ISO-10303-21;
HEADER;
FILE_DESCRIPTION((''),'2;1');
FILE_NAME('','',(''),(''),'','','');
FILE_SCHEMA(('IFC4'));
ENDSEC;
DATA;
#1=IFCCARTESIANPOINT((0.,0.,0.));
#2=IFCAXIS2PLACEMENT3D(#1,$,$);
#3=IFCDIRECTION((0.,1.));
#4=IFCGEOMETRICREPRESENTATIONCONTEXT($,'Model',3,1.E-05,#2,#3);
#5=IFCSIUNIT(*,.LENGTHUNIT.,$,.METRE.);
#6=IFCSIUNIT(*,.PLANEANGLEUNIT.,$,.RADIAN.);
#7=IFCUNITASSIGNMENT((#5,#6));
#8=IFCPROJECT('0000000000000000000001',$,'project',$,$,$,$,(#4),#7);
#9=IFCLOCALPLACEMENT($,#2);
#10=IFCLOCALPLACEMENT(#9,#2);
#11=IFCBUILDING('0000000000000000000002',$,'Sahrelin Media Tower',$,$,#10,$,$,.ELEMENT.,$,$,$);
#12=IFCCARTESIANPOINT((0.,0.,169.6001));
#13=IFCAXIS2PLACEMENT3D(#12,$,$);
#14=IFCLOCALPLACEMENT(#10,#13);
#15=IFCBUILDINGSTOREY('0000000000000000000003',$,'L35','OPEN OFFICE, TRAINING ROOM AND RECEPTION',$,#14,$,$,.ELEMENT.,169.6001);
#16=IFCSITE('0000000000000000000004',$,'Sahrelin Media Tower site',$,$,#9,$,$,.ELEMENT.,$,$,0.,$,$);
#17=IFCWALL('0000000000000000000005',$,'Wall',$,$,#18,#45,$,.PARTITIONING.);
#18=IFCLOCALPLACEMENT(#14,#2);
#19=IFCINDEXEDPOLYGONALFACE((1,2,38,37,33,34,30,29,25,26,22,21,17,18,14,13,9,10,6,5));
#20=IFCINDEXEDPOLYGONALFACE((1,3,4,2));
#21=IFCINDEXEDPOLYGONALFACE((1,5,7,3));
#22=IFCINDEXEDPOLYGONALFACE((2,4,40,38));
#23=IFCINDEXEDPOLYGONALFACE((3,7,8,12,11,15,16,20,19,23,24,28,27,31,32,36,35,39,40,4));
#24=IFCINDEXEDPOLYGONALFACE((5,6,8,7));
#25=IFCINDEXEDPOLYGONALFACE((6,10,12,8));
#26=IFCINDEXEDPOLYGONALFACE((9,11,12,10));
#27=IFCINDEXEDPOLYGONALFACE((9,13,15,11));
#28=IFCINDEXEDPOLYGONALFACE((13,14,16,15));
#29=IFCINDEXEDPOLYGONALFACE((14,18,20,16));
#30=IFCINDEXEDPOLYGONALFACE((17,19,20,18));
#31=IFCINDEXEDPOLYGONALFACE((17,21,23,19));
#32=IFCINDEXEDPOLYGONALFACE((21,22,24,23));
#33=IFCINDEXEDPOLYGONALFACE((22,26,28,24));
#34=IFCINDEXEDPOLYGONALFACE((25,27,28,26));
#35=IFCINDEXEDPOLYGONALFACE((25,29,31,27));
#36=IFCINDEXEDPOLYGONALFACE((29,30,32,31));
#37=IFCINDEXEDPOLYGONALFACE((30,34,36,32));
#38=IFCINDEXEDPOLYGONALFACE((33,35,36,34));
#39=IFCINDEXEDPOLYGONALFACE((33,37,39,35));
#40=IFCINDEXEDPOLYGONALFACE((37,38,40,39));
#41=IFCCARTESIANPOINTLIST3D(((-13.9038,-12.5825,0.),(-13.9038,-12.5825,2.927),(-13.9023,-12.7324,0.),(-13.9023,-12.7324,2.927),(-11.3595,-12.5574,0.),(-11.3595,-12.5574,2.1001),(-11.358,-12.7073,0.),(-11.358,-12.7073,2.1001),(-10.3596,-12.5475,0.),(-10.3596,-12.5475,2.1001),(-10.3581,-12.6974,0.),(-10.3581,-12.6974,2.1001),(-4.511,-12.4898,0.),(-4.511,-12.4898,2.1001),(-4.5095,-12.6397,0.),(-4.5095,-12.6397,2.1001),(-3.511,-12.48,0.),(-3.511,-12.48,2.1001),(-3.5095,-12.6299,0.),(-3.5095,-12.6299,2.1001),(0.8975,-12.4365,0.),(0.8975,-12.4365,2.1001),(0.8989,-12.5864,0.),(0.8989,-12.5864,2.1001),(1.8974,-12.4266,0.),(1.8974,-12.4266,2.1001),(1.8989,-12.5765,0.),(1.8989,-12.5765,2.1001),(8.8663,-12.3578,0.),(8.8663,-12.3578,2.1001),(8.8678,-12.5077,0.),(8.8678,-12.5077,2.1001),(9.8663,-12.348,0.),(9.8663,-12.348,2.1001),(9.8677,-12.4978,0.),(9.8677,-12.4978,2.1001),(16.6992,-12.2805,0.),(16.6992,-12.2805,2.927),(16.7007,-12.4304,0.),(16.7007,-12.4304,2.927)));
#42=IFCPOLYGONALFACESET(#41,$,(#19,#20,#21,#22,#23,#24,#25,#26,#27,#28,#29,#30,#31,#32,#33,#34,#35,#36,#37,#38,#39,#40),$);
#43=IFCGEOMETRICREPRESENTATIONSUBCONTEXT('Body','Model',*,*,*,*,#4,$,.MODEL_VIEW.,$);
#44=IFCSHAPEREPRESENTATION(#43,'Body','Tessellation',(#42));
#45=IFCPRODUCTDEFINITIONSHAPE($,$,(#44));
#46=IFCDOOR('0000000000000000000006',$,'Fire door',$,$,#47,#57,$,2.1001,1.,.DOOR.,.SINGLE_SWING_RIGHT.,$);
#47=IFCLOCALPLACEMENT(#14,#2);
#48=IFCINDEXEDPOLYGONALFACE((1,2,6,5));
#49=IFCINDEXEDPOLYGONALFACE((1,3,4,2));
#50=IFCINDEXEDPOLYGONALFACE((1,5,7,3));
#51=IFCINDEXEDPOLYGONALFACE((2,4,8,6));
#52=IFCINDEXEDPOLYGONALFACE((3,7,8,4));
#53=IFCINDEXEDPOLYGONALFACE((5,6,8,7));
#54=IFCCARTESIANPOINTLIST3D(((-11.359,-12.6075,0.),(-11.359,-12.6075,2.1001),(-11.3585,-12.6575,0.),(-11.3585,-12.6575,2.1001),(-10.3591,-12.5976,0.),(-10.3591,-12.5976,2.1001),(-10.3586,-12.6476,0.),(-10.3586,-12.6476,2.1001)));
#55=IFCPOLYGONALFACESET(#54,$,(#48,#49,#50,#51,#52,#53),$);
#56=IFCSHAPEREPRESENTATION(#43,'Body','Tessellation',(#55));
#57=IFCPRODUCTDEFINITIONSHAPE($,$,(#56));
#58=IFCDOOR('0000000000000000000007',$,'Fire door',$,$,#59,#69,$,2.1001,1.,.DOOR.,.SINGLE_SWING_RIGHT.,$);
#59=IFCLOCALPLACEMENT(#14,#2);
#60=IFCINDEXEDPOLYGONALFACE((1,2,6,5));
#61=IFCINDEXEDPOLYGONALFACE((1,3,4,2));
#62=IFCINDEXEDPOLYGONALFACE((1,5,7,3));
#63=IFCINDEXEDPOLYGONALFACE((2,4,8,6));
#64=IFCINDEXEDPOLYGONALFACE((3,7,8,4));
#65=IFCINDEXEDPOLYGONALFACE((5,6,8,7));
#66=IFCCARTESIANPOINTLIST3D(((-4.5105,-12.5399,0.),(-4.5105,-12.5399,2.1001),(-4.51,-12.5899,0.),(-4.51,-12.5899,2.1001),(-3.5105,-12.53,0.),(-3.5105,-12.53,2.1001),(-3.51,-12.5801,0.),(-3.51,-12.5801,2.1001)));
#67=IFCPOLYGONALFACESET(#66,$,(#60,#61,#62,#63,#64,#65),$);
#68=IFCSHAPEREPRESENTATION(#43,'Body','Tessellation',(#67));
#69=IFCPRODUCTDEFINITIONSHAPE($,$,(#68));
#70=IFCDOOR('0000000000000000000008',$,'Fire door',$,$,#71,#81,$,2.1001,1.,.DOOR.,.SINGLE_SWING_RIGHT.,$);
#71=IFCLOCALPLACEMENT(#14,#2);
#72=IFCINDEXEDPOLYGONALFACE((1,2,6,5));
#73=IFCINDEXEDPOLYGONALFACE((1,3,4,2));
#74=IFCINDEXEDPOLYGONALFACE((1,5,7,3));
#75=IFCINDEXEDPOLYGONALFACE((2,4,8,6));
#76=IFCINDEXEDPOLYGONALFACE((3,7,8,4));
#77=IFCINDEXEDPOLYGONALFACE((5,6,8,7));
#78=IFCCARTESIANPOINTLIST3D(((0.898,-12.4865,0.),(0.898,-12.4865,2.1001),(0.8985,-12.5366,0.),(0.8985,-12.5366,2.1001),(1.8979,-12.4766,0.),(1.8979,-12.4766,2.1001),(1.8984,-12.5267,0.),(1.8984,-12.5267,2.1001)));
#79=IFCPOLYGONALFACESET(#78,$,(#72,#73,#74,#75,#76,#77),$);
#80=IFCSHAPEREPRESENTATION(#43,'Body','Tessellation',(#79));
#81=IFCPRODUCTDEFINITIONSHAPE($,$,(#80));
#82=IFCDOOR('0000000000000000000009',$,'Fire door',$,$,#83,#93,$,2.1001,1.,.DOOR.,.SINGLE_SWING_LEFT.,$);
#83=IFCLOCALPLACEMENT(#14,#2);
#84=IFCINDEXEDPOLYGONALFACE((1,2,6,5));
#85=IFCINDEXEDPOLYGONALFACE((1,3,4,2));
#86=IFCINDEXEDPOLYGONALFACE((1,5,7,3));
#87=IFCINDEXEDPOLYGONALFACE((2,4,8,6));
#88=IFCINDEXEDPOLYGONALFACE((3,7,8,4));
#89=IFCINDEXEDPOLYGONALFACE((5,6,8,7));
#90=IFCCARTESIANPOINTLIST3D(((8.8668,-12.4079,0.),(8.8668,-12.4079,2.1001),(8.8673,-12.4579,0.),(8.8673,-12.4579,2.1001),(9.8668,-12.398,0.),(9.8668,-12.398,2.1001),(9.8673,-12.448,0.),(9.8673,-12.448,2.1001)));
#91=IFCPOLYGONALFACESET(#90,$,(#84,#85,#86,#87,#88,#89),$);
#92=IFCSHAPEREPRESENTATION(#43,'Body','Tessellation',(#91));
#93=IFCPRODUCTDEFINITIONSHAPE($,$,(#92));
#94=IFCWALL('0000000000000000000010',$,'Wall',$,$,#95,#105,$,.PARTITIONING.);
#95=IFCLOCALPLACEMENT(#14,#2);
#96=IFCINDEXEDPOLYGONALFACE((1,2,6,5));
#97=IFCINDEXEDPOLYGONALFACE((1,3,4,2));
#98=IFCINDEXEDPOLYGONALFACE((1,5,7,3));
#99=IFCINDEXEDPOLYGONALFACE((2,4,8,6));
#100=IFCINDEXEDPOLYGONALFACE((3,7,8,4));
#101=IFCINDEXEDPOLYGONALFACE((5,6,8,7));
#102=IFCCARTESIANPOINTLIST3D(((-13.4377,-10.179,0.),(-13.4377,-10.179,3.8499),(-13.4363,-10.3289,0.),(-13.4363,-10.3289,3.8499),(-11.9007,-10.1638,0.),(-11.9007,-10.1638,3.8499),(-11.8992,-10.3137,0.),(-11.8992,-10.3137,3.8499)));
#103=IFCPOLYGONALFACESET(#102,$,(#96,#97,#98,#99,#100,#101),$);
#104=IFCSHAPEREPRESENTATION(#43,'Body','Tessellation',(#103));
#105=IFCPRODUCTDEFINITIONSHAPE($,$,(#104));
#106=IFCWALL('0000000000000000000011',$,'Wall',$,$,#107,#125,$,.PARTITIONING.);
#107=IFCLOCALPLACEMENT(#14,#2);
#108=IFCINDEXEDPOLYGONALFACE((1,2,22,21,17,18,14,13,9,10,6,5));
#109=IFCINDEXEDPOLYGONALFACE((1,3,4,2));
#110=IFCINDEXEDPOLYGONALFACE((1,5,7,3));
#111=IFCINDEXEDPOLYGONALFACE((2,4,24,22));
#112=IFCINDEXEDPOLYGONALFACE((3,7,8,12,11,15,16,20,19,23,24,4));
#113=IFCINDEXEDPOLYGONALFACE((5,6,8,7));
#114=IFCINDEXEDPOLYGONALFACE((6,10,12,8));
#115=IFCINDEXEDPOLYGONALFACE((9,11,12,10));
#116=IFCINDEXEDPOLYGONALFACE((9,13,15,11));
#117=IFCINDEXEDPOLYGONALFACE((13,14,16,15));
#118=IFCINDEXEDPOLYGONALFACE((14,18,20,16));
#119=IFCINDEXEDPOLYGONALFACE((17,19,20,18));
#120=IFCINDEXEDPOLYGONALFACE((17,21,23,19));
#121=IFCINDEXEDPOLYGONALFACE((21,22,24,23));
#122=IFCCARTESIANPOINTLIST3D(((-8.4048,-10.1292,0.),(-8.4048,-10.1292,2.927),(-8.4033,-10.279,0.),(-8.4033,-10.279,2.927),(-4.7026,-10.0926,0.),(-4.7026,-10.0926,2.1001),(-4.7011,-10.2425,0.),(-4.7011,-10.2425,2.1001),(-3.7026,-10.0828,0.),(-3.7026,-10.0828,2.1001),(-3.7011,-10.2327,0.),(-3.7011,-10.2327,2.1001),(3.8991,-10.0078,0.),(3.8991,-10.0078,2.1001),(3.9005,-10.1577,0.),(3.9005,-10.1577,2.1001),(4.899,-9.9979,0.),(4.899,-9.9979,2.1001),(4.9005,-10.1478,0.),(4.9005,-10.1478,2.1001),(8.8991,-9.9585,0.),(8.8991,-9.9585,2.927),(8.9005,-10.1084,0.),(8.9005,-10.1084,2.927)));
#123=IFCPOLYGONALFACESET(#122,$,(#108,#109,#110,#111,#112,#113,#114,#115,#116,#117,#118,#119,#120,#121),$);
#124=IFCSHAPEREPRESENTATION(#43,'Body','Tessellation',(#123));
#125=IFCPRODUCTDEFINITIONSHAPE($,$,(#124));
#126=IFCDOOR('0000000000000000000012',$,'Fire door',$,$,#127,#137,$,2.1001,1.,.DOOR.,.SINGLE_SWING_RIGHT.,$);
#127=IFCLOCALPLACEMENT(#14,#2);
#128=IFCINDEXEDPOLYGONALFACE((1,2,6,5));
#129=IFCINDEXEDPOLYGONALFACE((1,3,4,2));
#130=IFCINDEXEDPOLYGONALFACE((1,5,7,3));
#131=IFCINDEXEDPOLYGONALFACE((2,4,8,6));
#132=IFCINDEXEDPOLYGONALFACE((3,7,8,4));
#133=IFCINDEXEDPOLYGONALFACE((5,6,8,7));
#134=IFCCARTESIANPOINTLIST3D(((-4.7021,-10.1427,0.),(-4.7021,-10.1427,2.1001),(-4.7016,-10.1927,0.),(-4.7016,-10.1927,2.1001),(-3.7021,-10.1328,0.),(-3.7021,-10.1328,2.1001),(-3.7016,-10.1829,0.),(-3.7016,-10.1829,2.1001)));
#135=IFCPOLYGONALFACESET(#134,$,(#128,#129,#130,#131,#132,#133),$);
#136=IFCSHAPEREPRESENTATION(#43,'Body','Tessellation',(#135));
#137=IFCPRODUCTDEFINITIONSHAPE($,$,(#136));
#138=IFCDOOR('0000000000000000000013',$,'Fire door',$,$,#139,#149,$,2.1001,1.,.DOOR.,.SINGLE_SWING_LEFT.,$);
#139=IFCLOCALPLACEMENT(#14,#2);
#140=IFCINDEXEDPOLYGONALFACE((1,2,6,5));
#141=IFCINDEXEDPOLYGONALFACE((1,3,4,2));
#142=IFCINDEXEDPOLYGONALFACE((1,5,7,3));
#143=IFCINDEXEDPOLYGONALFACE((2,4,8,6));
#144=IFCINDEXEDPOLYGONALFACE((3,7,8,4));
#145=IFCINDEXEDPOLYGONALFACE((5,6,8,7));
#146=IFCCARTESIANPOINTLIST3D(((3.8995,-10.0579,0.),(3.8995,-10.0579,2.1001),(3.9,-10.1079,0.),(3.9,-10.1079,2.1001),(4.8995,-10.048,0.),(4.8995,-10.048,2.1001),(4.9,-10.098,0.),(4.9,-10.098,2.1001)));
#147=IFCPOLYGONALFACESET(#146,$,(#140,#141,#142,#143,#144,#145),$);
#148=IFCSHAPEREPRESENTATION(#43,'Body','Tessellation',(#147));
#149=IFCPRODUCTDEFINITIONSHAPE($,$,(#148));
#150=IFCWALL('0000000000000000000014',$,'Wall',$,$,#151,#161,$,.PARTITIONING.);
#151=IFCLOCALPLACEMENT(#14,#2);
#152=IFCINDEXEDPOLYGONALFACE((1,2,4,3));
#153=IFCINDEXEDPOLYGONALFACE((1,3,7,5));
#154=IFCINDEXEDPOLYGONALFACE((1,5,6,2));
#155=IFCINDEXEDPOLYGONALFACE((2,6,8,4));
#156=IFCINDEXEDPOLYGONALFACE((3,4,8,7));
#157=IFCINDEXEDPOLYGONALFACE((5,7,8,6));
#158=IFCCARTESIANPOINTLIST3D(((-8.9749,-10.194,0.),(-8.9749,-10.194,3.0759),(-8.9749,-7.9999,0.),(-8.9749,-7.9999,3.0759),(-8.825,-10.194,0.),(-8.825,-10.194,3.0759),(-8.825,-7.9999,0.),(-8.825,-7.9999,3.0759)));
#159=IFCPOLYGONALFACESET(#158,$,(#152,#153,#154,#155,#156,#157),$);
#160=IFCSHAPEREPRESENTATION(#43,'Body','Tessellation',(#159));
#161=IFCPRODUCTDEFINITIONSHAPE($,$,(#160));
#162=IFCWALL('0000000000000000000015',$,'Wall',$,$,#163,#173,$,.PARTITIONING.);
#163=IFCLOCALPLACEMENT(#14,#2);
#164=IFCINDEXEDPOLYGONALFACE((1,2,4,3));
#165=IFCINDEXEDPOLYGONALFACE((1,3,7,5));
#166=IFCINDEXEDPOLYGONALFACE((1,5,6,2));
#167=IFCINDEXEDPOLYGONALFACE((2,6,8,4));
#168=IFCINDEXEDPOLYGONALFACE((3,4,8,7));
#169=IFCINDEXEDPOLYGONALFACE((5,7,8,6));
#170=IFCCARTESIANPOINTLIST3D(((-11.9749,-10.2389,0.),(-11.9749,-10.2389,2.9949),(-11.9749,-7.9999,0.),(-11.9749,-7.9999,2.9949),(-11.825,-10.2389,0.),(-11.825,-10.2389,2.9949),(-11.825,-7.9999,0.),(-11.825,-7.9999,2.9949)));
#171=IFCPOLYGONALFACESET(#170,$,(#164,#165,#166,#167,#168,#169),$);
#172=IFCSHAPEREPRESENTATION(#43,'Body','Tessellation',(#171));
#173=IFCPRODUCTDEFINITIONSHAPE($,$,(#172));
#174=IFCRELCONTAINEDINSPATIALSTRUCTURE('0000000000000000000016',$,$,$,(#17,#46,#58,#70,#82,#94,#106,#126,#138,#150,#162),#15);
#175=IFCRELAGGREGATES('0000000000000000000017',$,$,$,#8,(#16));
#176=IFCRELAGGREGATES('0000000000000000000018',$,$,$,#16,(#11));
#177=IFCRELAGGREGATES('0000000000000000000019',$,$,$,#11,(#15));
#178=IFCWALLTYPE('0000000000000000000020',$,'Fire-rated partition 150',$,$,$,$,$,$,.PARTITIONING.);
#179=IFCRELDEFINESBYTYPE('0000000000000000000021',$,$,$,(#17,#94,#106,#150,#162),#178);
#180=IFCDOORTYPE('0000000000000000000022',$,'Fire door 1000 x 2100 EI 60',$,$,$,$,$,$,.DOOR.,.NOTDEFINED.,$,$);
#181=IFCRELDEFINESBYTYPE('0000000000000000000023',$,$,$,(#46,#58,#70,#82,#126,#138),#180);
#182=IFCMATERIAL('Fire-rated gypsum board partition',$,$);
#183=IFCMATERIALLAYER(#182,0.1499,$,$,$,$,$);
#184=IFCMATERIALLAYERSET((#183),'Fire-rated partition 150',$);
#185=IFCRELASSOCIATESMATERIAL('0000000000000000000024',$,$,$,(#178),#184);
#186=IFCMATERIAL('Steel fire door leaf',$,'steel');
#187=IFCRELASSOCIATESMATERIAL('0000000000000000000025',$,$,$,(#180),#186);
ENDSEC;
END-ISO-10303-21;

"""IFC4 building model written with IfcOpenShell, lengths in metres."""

from ifc_helpers import new_model, si_unit, direction, frame, frame_2d, origin, place, context, subcontext, project, spatial, rectangle, extrude, material, layer, layer_set, type_object, element, fill, save


model = new_model("IFC4")

# Units and contexts
model_context = context("Model", 3, precision=1e-05, world=origin(), true_north=direction((0.0, 1.0)))
body_context = subcontext(model_context, "Body", "Model", "MODEL_VIEW")
ifc_project = project(units=[si_unit("LENGTHUNIT", "METRE"), si_unit("PLANEANGLEUNIT", "RADIAN")], contexts=[model_context])

# Site, building, storey
site_placement = place(None, origin())
site = spatial("IfcSite", under=ifc_project, at=site_placement, Name="Sahrelin Media Tower site", CompositionType="ELEMENT", RefElevation=0.0)
building_placement = place(site_placement, origin())
building = spatial("IfcBuilding", under=site, at=building_placement, Name="Sahrelin Media Tower", CompositionType="ELEMENT")
storey_placement = place(building_placement, frame((0.0, 0.0, 169.6001)))
storey = spatial("IfcBuildingStorey", under=building, at=storey_placement, Name="L35", Description="OPEN OFFICE, TRAINING ROOM AND RECEPTION", CompositionType="ELEMENT", Elevation=169.6001)

# Shared definitions
ifc_material_1 = material(Name="Fire-rated gypsum board partition")
ifc_layer_1 = layer(ifc_material_1, 0.1499)
ifc_layer_set_1 = layer_set([ifc_layer_1], Name="Fire-rated partition 150")
wall_type_1 = type_object("IfcWallType", Name="Fire-rated partition 150", PredefinedType="PARTITIONING", material=ifc_layer_set_1)

# Wall, openings, doors
wall_1_placement = place(storey_placement, frame((-13.9031, -12.6575, 0.0), z_axis=(0.0, 0.0, 1.0), x_axis=(0.999951, 0.009868, 0.0)))
wall_1 = element("IfcWall", 1, at=wall_1_placement, inside=storey, type_object=wall_type_1, Name="Wall", PredefinedType="PARTITIONING", context=body_context, shape_type="SweptSolid", body=[
    extrude(rectangle(XDim=30.6045, YDim=0.1499, at=frame_2d((15.3022, 0.0))), origin(), (0.0, 0.0, 1.0), 2.927),
])
opening_1_placement = place(wall_1_placement, frame((2.5444, 0.0, 0.0)))
opening_1 = element("IfcOpeningElement", 2, at=opening_1_placement, cuts=wall_1, PredefinedType="OPENING", context=body_context, shape_type="SweptSolid", body=[
    extrude(rectangle(XDim=1.0, YDim=2.1001, at=frame_2d((0.5, 1.05))), frame((0.0, 0.075, 0.0), z_axis=(0.0, -1.0, 0.0), x_axis=(1.0, 0.0, 0.0)), (0.0, 0.0, 1.0), 0.1499),
])
opening_2_placement = place(wall_1_placement, frame((9.3933, 0.0, 0.0)))
opening_2 = element("IfcOpeningElement", 3, at=opening_2_placement, cuts=wall_1, PredefinedType="OPENING", context=body_context, shape_type="SweptSolid", body=[
    extrude(rectangle(XDim=1.0, YDim=2.1001, at=frame_2d((0.5, 1.05))), frame((0.0, 0.075, 0.0), z_axis=(0.0, -1.0, 0.0), x_axis=(1.0, 0.0, 0.0)), (0.0, 0.0, 1.0), 0.1499),
])
opening_3_placement = place(wall_1_placement, frame((14.802, 0.0, 0.0)))
opening_3 = element("IfcOpeningElement", 4, at=opening_3_placement, cuts=wall_1, PredefinedType="OPENING", context=body_context, shape_type="SweptSolid", body=[
    extrude(rectangle(XDim=1.0, YDim=2.1001, at=frame_2d((0.5, 1.05))), frame((0.0, 0.075, 0.0), z_axis=(0.0, -1.0, 0.0), x_axis=(1.0, 0.0, 0.0)), (0.0, 0.0, 1.0), 0.1499),
])
opening_4_placement = place(wall_1_placement, frame((22.7712, 0.0, 0.0)))
opening_4 = element("IfcOpeningElement", 5, at=opening_4_placement, cuts=wall_1, PredefinedType="OPENING", context=body_context, shape_type="SweptSolid", body=[
    extrude(rectangle(XDim=1.0, YDim=2.1001, at=frame_2d((0.5, 1.05))), frame((0.0, 0.075, 0.0), z_axis=(0.0, -1.0, 0.0), x_axis=(1.0, 0.0, 0.0)), (0.0, 0.0, 1.0), 0.1499),
])
ifc_material_2 = material(Name="Steel fire door leaf", Category="steel")
door_type_1 = type_object("IfcDoorType", Name="Fire door 1000 x 2100 EI 60", OperationType="NOTDEFINED", PredefinedType="DOOR", material=ifc_material_2)
door_1_placement = place(opening_1_placement, origin())
door_1 = element("IfcDoor", 6, at=door_1_placement, inside=storey, type_object=door_type_1, Name="Fire door", OperationType="SINGLE_SWING_RIGHT", OverallHeight=2.1001, OverallWidth=1.0, PredefinedType="DOOR", context=body_context, shape_type="SweptSolid", body=[
    extrude(rectangle(XDim=1.0, YDim=2.1001, at=frame_2d((0.5, 1.05))), frame((0.0, 0.0249, 0.0), z_axis=(0.0, -1.0, 0.0), x_axis=(1.0, 0.0, 0.0)), (0.0, 0.0, 1.0), 0.05),
])
fill(opening_1, door_1)
door_2_placement = place(opening_2_placement, origin())
door_2 = element("IfcDoor", 7, at=door_2_placement, inside=storey, type_object=door_type_1, Name="Fire door", OperationType="SINGLE_SWING_RIGHT", OverallHeight=2.1001, OverallWidth=1.0, PredefinedType="DOOR", context=body_context, shape_type="SweptSolid", body=[
    extrude(rectangle(XDim=1.0, YDim=2.1001, at=frame_2d((0.5, 1.05))), frame((0.0, 0.0249, 0.0), z_axis=(0.0, -1.0, 0.0), x_axis=(1.0, 0.0, 0.0)), (0.0, 0.0, 1.0), 0.05),
])
fill(opening_2, door_2)
door_3_placement = place(opening_3_placement, origin())
door_3 = element("IfcDoor", 8, at=door_3_placement, inside=storey, type_object=door_type_1, Name="Fire door", OperationType="SINGLE_SWING_RIGHT", OverallHeight=2.1001, OverallWidth=1.0, PredefinedType="DOOR", context=body_context, shape_type="SweptSolid", body=[
    extrude(rectangle(XDim=1.0, YDim=2.1001, at=frame_2d((0.5, 1.05))), frame((0.0, 0.0249, 0.0), z_axis=(0.0, -1.0, 0.0), x_axis=(1.0, 0.0, 0.0)), (0.0, 0.0, 1.0), 0.05),
])
fill(opening_3, door_3)
door_4_placement = place(opening_4_placement, origin())
door_4 = element("IfcDoor", 9, at=door_4_placement, inside=storey, type_object=door_type_1, Name="Fire door", OperationType="SINGLE_SWING_LEFT", OverallHeight=2.1001, OverallWidth=1.0, PredefinedType="DOOR", context=body_context, shape_type="SweptSolid", body=[
    extrude(rectangle(XDim=1.0, YDim=2.1001, at=frame_2d((0.5, 1.05))), frame((0.0, 0.0249, 0.0), z_axis=(0.0, -1.0, 0.0), x_axis=(1.0, 0.0, 0.0)), (0.0, 0.0, 1.0), 0.05),
])
fill(opening_4, door_4)

# Wall
wall_2_placement = place(storey_placement, frame((-13.437, -10.2539, 0.0), z_axis=(0.0, 0.0, 1.0), x_axis=(0.999952, 0.009847, 0.0)))
element("IfcWall", 10, at=wall_2_placement, inside=storey, type_object=wall_type_1, Name="Wall", PredefinedType="PARTITIONING", context=body_context, shape_type="SweptSolid", body=[
    extrude(rectangle(XDim=1.5371, YDim=0.1499, at=frame_2d((0.7686, 0.0))), origin(), (0.0, 0.0, 1.0), 3.8499),
])

# Wall, openings, doors
wall_3_placement = place(storey_placement, frame((-8.4041, -10.2041, 0.0), z_axis=(0.0, 0.0, 1.0), x_axis=(0.999951, 0.009862, 0.0)))
wall_3 = element("IfcWall", 11, at=wall_3_placement, inside=storey, type_object=wall_type_1, Name="Wall", PredefinedType="PARTITIONING", context=body_context, shape_type="SweptSolid", body=[
    extrude(rectangle(XDim=17.3047, YDim=0.1499, at=frame_2d((8.6523, 0.0))), origin(), (0.0, 0.0, 1.0), 2.927),
])
opening_5_placement = place(wall_3_placement, frame((3.7024, 0.0, 0.0)))
opening_5 = element("IfcOpeningElement", 12, at=opening_5_placement, cuts=wall_3, PredefinedType="OPENING", context=body_context, shape_type="SweptSolid", body=[
    extrude(rectangle(XDim=1.0, YDim=2.1001, at=frame_2d((0.5, 1.05))), frame((0.0, 0.075, 0.0), z_axis=(0.0, -1.0, 0.0), x_axis=(1.0, 0.0, 0.0)), (0.0, 0.0, 1.0), 0.1499),
])
opening_6_placement = place(wall_3_placement, frame((12.3044, 0.0, 0.0)))
opening_6 = element("IfcOpeningElement", 13, at=opening_6_placement, cuts=wall_3, PredefinedType="OPENING", context=body_context, shape_type="SweptSolid", body=[
    extrude(rectangle(XDim=1.0, YDim=2.1001, at=frame_2d((0.5, 1.05))), frame((0.0, 0.075, 0.0), z_axis=(0.0, -1.0, 0.0), x_axis=(1.0, 0.0, 0.0)), (0.0, 0.0, 1.0), 0.1499),
])
door_5_placement = place(opening_5_placement, origin())
door_5 = element("IfcDoor", 14, at=door_5_placement, inside=storey, type_object=door_type_1, Name="Fire door", OperationType="SINGLE_SWING_RIGHT", OverallHeight=2.1001, OverallWidth=1.0, PredefinedType="DOOR", context=body_context, shape_type="SweptSolid", body=[
    extrude(rectangle(XDim=1.0, YDim=2.1001, at=frame_2d((0.5, 1.05))), frame((0.0, 0.0249, 0.0), z_axis=(0.0, -1.0, 0.0), x_axis=(1.0, 0.0, 0.0)), (0.0, 0.0, 1.0), 0.05),
])
fill(opening_5, door_5)
door_6_placement = place(opening_6_placement, origin())
door_6 = element("IfcDoor", 15, at=door_6_placement, inside=storey, type_object=door_type_1, Name="Fire door", OperationType="SINGLE_SWING_LEFT", OverallHeight=2.1001, OverallWidth=1.0, PredefinedType="DOOR", context=body_context, shape_type="SweptSolid", body=[
    extrude(rectangle(XDim=1.0, YDim=2.1001, at=frame_2d((0.5, 1.05))), frame((0.0, 0.0249, 0.0), z_axis=(0.0, -1.0, 0.0), x_axis=(1.0, 0.0, 0.0)), (0.0, 0.0, 1.0), 0.05),
])
fill(opening_6, door_6)

# Walls
wall_4_placement = place(storey_placement, frame((-8.8999, -10.1941, 0.0), z_axis=(0.0, 0.0, 1.0), x_axis=(0.0, 1.0, 0.0)))
element("IfcWall", 16, at=wall_4_placement, inside=storey, type_object=wall_type_1, Name="Wall", PredefinedType="PARTITIONING", context=body_context, shape_type="SweptSolid", body=[
    extrude(rectangle(XDim=2.1941, YDim=0.1499, at=frame_2d((1.0972, 0.0))), origin(), (0.0, 0.0, 1.0), 3.0759),
])
wall_5_placement = place(storey_placement, frame((-11.8999, -10.239, 0.0), z_axis=(0.0, 0.0, 1.0), x_axis=(0.0, 1.0, 0.0)))
element("IfcWall", 17, at=wall_5_placement, inside=storey, type_object=wall_type_1, Name="Wall", PredefinedType="PARTITIONING", context=body_context, shape_type="SweptSolid", body=[
    extrude(rectangle(XDim=2.239, YDim=0.1499, at=frame_2d((1.1196, 0.0))), origin(), (0.0, 0.0, 1.0), 2.9949),
])

save(model, "model.ifc")
